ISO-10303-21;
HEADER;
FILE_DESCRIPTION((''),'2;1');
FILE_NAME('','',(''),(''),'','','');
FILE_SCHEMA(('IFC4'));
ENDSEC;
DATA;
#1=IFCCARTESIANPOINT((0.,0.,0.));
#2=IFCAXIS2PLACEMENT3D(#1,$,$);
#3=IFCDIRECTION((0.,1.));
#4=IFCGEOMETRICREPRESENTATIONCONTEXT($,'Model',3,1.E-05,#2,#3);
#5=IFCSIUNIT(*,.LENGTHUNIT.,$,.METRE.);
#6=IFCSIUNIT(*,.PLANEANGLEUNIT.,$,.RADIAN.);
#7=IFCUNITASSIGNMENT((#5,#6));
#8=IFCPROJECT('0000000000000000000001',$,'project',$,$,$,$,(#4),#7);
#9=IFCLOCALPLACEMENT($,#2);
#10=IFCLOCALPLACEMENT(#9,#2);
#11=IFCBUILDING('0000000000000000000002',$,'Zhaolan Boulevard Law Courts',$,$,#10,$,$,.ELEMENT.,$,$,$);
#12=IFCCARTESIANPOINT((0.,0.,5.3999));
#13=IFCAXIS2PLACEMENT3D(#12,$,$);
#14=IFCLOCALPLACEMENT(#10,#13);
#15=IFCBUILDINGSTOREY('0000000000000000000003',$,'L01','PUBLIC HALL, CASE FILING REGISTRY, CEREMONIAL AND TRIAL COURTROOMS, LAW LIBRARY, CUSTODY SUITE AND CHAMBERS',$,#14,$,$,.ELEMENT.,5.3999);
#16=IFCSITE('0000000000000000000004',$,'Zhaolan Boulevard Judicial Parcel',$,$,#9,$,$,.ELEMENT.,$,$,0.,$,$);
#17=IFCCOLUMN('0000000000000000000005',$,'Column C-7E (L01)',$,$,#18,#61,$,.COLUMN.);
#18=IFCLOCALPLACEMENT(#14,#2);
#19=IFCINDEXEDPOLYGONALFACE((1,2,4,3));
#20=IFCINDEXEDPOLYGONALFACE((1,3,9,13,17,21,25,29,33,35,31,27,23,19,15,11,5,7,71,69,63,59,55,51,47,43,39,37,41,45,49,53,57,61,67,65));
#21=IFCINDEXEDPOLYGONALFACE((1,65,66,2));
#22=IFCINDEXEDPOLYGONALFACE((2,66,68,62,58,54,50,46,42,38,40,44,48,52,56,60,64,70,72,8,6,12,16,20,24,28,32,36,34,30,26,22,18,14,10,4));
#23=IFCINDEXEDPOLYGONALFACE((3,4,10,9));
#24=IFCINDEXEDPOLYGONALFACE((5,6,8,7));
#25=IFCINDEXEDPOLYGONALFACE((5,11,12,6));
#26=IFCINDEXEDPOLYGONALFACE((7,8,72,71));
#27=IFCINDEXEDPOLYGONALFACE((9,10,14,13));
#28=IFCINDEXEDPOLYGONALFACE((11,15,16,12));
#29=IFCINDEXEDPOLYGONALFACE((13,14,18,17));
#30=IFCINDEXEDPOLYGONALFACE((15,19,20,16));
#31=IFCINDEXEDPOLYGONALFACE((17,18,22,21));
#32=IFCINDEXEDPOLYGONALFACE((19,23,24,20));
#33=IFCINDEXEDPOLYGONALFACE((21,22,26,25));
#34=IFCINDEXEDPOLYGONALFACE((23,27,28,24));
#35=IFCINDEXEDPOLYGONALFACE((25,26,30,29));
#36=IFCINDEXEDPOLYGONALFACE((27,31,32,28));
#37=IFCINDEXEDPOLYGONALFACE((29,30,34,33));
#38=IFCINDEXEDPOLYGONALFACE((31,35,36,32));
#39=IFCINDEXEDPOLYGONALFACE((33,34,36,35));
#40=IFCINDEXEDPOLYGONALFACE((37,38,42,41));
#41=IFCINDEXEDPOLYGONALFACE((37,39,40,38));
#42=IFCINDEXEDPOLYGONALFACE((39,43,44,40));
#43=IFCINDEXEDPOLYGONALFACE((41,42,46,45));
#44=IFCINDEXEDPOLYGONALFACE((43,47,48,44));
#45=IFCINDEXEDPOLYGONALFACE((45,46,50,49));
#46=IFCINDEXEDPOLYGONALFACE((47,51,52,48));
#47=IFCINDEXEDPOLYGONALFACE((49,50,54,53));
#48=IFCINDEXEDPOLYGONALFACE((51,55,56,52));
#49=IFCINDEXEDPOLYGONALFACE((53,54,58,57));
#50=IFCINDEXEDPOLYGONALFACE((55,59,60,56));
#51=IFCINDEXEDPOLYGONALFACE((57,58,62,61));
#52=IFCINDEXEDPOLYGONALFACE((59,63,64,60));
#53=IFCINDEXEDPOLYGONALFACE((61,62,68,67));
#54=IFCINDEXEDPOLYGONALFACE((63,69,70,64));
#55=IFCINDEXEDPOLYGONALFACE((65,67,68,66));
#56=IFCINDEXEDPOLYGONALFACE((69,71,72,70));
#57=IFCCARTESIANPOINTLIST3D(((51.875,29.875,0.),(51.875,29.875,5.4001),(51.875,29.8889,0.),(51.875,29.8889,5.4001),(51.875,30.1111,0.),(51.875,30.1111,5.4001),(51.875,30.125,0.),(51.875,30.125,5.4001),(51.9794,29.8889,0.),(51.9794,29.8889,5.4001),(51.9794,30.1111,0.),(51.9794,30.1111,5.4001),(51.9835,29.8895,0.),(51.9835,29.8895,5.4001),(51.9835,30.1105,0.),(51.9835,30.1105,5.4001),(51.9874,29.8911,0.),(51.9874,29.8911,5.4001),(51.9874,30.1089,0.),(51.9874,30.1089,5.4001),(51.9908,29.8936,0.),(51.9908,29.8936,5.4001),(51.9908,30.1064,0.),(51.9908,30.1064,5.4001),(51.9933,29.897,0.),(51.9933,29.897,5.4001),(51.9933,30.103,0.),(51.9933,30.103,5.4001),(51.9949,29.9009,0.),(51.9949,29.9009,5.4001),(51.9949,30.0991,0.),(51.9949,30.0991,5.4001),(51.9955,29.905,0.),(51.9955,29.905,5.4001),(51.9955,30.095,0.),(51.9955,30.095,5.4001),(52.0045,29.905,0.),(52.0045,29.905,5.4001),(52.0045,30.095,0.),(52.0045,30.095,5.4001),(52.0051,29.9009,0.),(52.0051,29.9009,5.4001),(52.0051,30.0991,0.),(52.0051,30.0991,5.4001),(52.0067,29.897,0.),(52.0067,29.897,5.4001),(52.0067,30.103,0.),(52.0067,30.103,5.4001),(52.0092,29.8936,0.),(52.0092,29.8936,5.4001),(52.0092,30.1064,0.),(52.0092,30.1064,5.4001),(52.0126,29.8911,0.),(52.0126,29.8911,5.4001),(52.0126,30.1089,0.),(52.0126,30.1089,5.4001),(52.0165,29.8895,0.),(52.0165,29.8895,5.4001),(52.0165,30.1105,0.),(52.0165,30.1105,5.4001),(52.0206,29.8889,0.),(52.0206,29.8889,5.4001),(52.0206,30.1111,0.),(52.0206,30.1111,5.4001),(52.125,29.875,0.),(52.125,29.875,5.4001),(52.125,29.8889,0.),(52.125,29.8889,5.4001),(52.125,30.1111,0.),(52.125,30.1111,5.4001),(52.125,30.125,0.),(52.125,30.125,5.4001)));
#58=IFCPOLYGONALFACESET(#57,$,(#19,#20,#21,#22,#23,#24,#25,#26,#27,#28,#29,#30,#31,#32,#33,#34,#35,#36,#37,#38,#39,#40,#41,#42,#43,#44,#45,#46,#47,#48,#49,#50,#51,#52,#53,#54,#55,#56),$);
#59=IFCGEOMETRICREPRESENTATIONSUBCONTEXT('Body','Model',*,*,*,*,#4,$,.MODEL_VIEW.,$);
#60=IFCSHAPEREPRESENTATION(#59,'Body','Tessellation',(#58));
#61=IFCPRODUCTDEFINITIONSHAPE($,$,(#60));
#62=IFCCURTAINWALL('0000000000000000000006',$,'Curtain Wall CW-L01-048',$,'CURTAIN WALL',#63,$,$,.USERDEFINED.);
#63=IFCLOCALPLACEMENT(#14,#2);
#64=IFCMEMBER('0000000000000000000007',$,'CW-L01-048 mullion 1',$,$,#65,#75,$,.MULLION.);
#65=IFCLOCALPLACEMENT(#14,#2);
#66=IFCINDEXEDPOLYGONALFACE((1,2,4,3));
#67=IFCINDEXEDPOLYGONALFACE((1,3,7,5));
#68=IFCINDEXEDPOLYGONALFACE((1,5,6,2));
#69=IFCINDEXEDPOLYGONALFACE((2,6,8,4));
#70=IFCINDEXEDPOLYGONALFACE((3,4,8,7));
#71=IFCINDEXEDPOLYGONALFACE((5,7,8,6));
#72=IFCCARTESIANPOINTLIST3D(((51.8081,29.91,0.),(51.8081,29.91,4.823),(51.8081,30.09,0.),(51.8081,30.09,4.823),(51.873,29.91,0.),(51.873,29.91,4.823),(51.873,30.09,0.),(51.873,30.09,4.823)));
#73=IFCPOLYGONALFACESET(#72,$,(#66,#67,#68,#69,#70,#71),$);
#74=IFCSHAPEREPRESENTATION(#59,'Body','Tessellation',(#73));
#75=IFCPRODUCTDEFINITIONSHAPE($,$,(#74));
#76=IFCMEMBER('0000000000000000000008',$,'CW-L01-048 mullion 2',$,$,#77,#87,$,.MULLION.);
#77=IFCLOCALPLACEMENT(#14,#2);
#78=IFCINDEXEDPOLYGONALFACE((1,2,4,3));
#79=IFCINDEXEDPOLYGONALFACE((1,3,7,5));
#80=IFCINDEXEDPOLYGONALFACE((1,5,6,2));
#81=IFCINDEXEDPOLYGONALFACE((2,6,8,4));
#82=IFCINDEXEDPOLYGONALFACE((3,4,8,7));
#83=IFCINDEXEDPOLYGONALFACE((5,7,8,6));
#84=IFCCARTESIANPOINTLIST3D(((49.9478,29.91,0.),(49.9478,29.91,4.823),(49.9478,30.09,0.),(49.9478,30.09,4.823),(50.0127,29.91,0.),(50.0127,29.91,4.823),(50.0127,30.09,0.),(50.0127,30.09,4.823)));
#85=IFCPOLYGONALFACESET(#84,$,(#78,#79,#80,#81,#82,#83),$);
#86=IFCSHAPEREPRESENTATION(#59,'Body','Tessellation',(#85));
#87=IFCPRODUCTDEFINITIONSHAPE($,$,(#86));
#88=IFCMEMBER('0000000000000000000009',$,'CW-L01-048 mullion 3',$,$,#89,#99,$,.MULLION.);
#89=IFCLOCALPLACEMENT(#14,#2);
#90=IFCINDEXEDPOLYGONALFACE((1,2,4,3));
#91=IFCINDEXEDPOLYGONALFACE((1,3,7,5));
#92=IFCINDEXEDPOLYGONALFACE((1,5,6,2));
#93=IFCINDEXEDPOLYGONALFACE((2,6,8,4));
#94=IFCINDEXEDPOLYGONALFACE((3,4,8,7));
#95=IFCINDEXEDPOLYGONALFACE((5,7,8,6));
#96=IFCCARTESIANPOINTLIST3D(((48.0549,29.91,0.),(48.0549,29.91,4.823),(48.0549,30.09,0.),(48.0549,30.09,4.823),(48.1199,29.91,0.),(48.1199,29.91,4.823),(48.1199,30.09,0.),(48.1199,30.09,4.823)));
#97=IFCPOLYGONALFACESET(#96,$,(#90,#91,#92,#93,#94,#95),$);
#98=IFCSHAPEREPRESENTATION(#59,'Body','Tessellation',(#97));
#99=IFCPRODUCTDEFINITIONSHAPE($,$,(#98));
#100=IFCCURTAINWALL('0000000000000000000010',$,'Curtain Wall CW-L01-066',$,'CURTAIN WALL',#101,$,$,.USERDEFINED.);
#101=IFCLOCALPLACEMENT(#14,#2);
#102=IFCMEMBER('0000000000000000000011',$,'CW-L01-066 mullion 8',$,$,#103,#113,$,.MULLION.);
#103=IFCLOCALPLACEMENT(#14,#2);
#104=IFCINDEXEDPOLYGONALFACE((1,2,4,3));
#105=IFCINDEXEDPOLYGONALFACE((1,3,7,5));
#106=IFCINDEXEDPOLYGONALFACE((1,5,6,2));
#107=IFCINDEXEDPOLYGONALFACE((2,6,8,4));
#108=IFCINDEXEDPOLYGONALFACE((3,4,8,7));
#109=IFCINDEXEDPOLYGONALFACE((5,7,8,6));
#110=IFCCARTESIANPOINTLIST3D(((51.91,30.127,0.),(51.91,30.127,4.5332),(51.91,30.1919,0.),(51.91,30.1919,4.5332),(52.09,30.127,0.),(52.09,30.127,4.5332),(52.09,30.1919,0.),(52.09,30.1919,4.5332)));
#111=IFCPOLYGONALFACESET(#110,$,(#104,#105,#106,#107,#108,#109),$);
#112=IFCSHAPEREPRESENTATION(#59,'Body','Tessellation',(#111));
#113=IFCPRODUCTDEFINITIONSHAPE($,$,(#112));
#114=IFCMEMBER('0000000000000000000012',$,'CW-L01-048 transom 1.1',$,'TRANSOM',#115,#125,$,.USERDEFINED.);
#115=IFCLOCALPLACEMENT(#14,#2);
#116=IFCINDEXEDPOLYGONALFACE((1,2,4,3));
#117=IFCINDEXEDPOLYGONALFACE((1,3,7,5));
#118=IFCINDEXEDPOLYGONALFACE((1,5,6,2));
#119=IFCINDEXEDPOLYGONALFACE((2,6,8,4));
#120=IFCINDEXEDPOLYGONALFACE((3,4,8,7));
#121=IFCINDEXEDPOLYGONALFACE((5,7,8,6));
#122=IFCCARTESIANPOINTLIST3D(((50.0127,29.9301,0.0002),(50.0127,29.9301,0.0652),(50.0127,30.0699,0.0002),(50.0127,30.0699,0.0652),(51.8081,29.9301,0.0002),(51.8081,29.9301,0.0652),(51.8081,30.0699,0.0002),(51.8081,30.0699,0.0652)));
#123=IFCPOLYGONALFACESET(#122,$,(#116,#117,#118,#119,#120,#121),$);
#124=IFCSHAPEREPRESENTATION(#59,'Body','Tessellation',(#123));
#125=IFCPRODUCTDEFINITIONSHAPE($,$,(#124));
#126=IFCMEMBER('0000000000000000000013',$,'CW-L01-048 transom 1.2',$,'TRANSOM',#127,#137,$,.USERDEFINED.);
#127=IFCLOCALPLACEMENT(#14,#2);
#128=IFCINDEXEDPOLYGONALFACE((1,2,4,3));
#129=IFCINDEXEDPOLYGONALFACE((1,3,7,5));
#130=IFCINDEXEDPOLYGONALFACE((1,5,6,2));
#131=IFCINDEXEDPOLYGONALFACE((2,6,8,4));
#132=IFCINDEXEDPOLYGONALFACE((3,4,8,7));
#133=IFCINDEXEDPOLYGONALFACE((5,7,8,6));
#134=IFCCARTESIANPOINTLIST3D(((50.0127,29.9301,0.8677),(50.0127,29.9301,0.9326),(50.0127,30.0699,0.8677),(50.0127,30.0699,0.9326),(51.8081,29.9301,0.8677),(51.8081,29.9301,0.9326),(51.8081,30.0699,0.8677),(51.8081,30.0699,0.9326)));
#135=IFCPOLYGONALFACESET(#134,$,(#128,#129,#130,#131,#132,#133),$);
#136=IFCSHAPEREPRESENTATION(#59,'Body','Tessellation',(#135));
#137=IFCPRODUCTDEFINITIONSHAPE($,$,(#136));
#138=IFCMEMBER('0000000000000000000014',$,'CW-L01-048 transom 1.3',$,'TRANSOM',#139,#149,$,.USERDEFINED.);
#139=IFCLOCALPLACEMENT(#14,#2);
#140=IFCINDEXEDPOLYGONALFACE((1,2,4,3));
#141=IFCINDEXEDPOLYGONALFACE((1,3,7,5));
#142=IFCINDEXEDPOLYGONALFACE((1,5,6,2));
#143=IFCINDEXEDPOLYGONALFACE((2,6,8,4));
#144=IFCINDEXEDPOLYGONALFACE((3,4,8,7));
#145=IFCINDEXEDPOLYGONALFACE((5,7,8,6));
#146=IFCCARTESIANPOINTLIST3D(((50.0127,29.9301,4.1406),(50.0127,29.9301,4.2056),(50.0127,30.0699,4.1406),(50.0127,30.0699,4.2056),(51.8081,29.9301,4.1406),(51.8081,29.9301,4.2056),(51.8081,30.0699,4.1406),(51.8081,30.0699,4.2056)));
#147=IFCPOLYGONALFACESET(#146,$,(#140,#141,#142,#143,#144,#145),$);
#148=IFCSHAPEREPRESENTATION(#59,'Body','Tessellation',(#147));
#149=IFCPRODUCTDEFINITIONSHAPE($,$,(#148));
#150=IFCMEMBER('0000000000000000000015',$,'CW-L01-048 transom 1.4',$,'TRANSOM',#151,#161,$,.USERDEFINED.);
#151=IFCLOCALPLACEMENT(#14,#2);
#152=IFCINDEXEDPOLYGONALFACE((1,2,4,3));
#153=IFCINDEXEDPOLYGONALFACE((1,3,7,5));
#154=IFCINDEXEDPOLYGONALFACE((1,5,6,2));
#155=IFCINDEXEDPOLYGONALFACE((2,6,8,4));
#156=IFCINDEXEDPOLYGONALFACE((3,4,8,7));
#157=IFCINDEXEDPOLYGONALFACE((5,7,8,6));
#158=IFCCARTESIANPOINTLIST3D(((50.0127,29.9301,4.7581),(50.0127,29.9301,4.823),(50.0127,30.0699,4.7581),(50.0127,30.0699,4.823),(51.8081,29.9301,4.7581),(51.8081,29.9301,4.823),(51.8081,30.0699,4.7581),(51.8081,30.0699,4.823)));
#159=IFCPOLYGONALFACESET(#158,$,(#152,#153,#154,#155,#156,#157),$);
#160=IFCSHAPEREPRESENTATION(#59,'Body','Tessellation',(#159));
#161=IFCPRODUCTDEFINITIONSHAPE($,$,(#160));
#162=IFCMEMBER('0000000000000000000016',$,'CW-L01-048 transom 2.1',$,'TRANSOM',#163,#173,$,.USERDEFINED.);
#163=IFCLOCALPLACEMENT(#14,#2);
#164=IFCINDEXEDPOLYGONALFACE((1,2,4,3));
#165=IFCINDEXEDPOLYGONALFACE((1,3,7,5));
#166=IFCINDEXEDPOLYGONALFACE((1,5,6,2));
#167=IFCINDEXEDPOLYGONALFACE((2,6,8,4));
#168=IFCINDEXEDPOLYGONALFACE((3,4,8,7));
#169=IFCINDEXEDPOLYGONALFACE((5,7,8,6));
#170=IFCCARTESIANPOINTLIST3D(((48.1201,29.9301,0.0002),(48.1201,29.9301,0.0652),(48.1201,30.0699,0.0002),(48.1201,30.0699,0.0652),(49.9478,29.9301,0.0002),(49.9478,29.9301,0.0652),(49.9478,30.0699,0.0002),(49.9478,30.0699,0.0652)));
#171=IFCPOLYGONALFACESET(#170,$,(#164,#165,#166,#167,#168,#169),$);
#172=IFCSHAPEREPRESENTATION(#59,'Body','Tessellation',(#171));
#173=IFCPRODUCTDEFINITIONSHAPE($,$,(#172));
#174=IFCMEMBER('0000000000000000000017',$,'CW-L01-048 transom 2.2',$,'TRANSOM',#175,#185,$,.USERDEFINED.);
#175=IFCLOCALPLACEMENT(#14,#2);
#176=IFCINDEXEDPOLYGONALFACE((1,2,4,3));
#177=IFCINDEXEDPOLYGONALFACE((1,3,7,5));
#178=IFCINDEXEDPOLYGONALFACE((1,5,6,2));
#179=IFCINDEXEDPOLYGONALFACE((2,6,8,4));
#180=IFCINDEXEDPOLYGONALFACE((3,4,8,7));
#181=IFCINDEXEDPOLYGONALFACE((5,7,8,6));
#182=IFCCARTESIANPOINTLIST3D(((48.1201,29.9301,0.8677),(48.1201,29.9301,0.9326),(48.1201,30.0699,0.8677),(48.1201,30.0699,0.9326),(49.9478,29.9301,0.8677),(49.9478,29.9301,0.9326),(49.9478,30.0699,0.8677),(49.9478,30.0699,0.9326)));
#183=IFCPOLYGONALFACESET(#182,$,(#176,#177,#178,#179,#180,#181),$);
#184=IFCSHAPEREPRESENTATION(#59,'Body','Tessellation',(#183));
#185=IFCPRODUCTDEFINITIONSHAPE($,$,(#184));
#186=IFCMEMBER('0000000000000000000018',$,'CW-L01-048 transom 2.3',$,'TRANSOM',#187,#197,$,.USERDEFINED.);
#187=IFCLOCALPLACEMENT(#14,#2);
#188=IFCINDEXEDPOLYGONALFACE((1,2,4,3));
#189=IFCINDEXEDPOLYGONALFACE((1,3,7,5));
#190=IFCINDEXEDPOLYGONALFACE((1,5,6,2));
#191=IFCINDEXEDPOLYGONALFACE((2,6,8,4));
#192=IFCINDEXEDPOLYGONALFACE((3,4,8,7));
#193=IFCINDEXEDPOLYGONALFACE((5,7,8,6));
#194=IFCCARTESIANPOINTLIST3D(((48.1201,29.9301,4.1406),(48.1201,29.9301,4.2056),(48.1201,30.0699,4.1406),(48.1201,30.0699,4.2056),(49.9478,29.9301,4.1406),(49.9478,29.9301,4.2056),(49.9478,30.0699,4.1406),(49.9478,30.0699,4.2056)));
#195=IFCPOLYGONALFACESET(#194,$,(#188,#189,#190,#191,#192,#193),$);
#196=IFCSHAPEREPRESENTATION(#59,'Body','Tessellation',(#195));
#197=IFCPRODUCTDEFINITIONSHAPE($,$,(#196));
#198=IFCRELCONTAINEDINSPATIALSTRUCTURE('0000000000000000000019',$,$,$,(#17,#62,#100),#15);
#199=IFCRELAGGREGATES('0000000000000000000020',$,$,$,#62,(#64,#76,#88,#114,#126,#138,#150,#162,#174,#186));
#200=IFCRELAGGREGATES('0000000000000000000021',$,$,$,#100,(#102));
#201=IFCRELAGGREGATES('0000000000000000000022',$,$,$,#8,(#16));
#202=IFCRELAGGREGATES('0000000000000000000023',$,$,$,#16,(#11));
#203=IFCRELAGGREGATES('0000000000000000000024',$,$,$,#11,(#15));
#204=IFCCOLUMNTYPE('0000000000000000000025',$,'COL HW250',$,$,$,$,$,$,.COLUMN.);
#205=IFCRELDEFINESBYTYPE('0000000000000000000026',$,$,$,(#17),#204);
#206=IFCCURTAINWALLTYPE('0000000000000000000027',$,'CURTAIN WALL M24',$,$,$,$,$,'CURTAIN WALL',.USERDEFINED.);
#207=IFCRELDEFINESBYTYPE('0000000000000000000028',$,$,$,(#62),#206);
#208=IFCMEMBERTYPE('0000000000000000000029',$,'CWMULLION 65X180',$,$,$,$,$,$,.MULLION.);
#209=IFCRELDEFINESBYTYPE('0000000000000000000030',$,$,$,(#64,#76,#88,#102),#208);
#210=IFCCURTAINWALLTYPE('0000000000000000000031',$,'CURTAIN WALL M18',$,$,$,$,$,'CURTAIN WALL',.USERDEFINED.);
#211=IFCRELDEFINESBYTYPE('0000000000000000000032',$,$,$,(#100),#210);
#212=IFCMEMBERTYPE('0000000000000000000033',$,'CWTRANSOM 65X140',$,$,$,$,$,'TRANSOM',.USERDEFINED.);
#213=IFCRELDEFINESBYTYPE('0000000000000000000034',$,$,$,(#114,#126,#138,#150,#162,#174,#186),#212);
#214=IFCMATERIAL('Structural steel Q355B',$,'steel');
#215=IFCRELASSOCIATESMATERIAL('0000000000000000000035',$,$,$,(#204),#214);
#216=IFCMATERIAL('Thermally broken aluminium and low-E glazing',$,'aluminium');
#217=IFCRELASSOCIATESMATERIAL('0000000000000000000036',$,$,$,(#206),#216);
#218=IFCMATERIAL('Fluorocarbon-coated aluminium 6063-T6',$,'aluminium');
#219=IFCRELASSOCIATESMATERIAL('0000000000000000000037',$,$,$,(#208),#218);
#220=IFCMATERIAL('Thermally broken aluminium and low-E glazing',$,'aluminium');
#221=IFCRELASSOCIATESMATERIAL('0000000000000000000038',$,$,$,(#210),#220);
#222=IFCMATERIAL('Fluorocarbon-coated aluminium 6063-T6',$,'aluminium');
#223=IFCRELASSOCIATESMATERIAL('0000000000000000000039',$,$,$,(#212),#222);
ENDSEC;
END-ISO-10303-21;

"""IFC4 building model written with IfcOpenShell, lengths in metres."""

from ifc_helpers import new_model, si_unit, direction, frame, origin, origin_2d, place, context, subcontext, project, spatial, rectangle, i_section, extrude, material, material_profile, profile_set, type_object, element, aggregate, save


model = new_model("IFC4")

# Units and contexts
model_context = context("Model", 3, precision=1e-05, world=origin(), true_north=direction((0.0, 1.0)))
body_context = subcontext(model_context, "Body", "Model", "MODEL_VIEW")
ifc_project = project(units=[si_unit("LENGTHUNIT", "METRE"), si_unit("PLANEANGLEUNIT", "RADIAN")], contexts=[model_context])

# Site, building, storey
site_placement = place(None, origin())
site = spatial("IfcSite", under=ifc_project, at=site_placement, Name="Zhaolan Boulevard Judicial Parcel", CompositionType="ELEMENT", RefElevation=0.0)
building_placement = place(site_placement, origin())
building = spatial("IfcBuilding", under=site, at=building_placement, Name="Zhaolan Boulevard Law Courts", CompositionType="ELEMENT")
storey_placement = place(building_placement, frame((0.0, 0.0, 5.3999)))
storey = spatial("IfcBuildingStorey", under=building, at=storey_placement, Name="L01", Description="PUBLIC HALL, CASE FILING REGISTRY, CEREMONIAL AND TRIAL COURTROOMS, LAW LIBRARY, CUSTODY SUITE AND CHAMBERS", CompositionType="ELEMENT", Elevation=5.3999)

# Column
ifc_material_1 = material(Name="Structural steel Q355B", Category="steel")
ifc_material_profile_1 = material_profile(ifc_material_1, i_section(OverallWidth=0.25, OverallDepth=0.25, WebThickness=0.009, FlangeThickness=0.0139, FilletRadius=0.0161, at=origin_2d()), Name="HW250x250")
ifc_profile_set_1 = profile_set([ifc_material_profile_1], Name="Structural steel Q355B")
column_type = type_object("IfcColumnType", Name="COL HW250", PredefinedType="COLUMN", material=ifc_profile_set_1)
column_placement = place(storey_placement, frame((52.0, 30.0, 0.0), z_axis=(0.0, 0.0, 1.0), x_axis=(1.0, 0.0, 0.0)))
element("IfcColumn", 1, at=column_placement, inside=storey, type_object=column_type, Name="Column C-7E (L01)", PredefinedType="COLUMN", context=body_context, shape_type="SweptSolid", body=[
    extrude(i_section(OverallWidth=0.25, OverallDepth=0.25, WebThickness=0.009, FlangeThickness=0.0139, FilletRadius=0.0161, at=origin_2d()), origin(), (0.0, 0.0, 1.0), 5.4001),
])

# Curtain wall, members
ifc_material_2 = material(Name="Thermally broken aluminium and low-E glazing", Category="aluminium")
curtain_wall_type_1 = type_object("IfcCurtainWallType", Name="CURTAIN WALL M24", ElementType="CURTAIN WALL", PredefinedType="USERDEFINED", material=ifc_material_2)
curtain_wall_1_placement = place(storey_placement, origin())
curtain_wall_1 = element("IfcCurtainWall", 2, at=curtain_wall_1_placement, inside=storey, type_object=curtain_wall_type_1, Name="Curtain Wall CW-L01-048", ObjectType="CURTAIN WALL", PredefinedType="USERDEFINED")
ifc_material_3 = material(Name="Fluorocarbon-coated aluminium 6063-T6", Category="aluminium")
ifc_material_profile_2 = material_profile(ifc_material_3, rectangle(XDim=0.1799, YDim=0.0649, at=origin_2d()), Name="AL65x180")
ifc_profile_set_2 = profile_set([ifc_material_profile_2], Name="Fluorocarbon-coated aluminium 6063-T6")
member_type_1 = type_object("IfcMemberType", Name="CWMULLION 65X180", PredefinedType="MULLION", material=ifc_profile_set_2)
member_1_placement = place(storey_placement, frame((51.8406, 30.0, 0.0), z_axis=(0.0, 0.0, 1.0), x_axis=(0.0, -1.0, 0.0)))
member_1 = element("IfcMember", 3, at=member_1_placement, type_object=member_type_1, Name="CW-L01-048 mullion 1", PredefinedType="MULLION", context=body_context, shape_type="SweptSolid", body=[
    extrude(rectangle(XDim=0.1799, YDim=0.0649, at=origin_2d()), origin(), (0.0, 0.0, 1.0), 4.823),
])
member_2_placement = place(storey_placement, frame((49.9802, 30.0, 0.0), z_axis=(0.0, 0.0, 1.0), x_axis=(0.0, -1.0, 0.0)))
member_2 = element("IfcMember", 4, at=member_2_placement, type_object=member_type_1, Name="CW-L01-048 mullion 2", PredefinedType="MULLION", context=body_context, shape_type="SweptSolid", body=[
    extrude(rectangle(XDim=0.1799, YDim=0.0649, at=origin_2d()), origin(), (0.0, 0.0, 1.0), 4.823),
])
member_3_placement = place(storey_placement, frame((48.0874, 30.0, 0.0), z_axis=(0.0, 0.0, 1.0), x_axis=(0.0, -1.0, 0.0)))
member_3 = element("IfcMember", 5, at=member_3_placement, type_object=member_type_1, Name="CW-L01-048 mullion 3", PredefinedType="MULLION", context=body_context, shape_type="SweptSolid", body=[
    extrude(rectangle(XDim=0.1799, YDim=0.0649, at=origin_2d()), origin(), (0.0, 0.0, 1.0), 4.823),
])

# Curtain wall, member
ifc_material_4 = material(Name="Thermally broken aluminium and low-E glazing", Category="aluminium")
curtain_wall_type_2 = type_object("IfcCurtainWallType", Name="CURTAIN WALL M18", ElementType="CURTAIN WALL", PredefinedType="USERDEFINED", material=ifc_material_4)
curtain_wall_2_placement = place(storey_placement, origin())
curtain_wall_2 = element("IfcCurtainWall", 6, at=curtain_wall_2_placement, inside=storey, type_object=curtain_wall_type_2, Name="Curtain Wall CW-L01-066", ObjectType="CURTAIN WALL", PredefinedType="USERDEFINED")
member_4_placement = place(storey_placement, frame((52.0, 30.1594, 0.0), z_axis=(0.0, 0.0, 1.0), x_axis=(1.0, 0.0, 0.0)))
member_4 = element("IfcMember", 7, at=member_4_placement, type_object=member_type_1, Name="CW-L01-066 mullion 8", PredefinedType="MULLION", context=body_context, shape_type="SweptSolid", body=[
    extrude(rectangle(XDim=0.1799, YDim=0.0649, at=origin_2d()), origin(), (0.0, 0.0, 1.0), 4.5332),
])

# Members
ifc_material_5 = material(Name="Fluorocarbon-coated aluminium 6063-T6", Category="aluminium")
ifc_material_profile_3 = material_profile(ifc_material_5, rectangle(XDim=0.1399, YDim=0.0649, at=origin_2d()), Name="AL65x140")
ifc_profile_set_3 = profile_set([ifc_material_profile_3], Name="Fluorocarbon-coated aluminium 6063-T6")
member_type_2 = type_object("IfcMemberType", Name="CWTRANSOM 65X140", ElementType="TRANSOM", PredefinedType="USERDEFINED", material=ifc_profile_set_3)
member_5_placement = place(storey_placement, frame((51.8081, 30.0, 0.0327), z_axis=(-1.0, 0.0, 0.0), x_axis=(0.0, -1.0, 0.0)))
member_5 = element("IfcMember", 8, at=member_5_placement, type_object=member_type_2, Name="CW-L01-048 transom 1.1", ObjectType="TRANSOM", PredefinedType="USERDEFINED", context=body_context, shape_type="SweptSolid", body=[
    extrude(rectangle(XDim=0.1399, YDim=0.0649, at=origin_2d()), origin(), (0.0, 0.0, 1.0), 1.7954),
])
member_6_placement = place(storey_placement, frame((51.8081, 30.0, 0.9001), z_axis=(-1.0, 0.0, 0.0), x_axis=(0.0, -1.0, 0.0)))
member_6 = element("IfcMember", 9, at=member_6_placement, type_object=member_type_2, Name="CW-L01-048 transom 1.2", ObjectType="TRANSOM", PredefinedType="USERDEFINED", context=body_context, shape_type="SweptSolid", body=[
    extrude(rectangle(XDim=0.1399, YDim=0.0649, at=origin_2d()), origin(), (0.0, 0.0, 1.0), 1.7954),
])
member_7_placement = place(storey_placement, frame((51.8081, 30.0, 4.1731), z_axis=(-1.0, 0.0, 0.0), x_axis=(0.0, -1.0, 0.0)))
member_7 = element("IfcMember", 10, at=member_7_placement, type_object=member_type_2, Name="CW-L01-048 transom 1.3", ObjectType="TRANSOM", PredefinedType="USERDEFINED", context=body_context, shape_type="SweptSolid", body=[
    extrude(rectangle(XDim=0.1399, YDim=0.0649, at=origin_2d()), origin(), (0.0, 0.0, 1.0), 1.7954),
])
member_8_placement = place(storey_placement, frame((51.8081, 30.0, 4.7905), z_axis=(-1.0, 0.0, 0.0), x_axis=(0.0, -1.0, 0.0)))
member_8 = element("IfcMember", 11, at=member_8_placement, type_object=member_type_2, Name="CW-L01-048 transom 1.4", ObjectType="TRANSOM", PredefinedType="USERDEFINED", context=body_context, shape_type="SweptSolid", body=[
    extrude(rectangle(XDim=0.1399, YDim=0.0649, at=origin_2d()), origin(), (0.0, 0.0, 1.0), 1.7954),
])
member_9_placement = place(storey_placement, frame((49.9478, 30.0, 0.0327), z_axis=(-1.0, 0.0, 0.0), x_axis=(0.0, -1.0, 0.0)))
member_9 = element("IfcMember", 12, at=member_9_placement, type_object=member_type_2, Name="CW-L01-048 transom 2.1", ObjectType="TRANSOM", PredefinedType="USERDEFINED", context=body_context, shape_type="SweptSolid", body=[
    extrude(rectangle(XDim=0.1399, YDim=0.0649, at=origin_2d()), origin(), (0.0, 0.0, 1.0), 1.8276),
])
member_10_placement = place(storey_placement, frame((49.9478, 30.0, 0.9001), z_axis=(-1.0, 0.0, 0.0), x_axis=(0.0, -1.0, 0.0)))
member_10 = element("IfcMember", 13, at=member_10_placement, type_object=member_type_2, Name="CW-L01-048 transom 2.2", ObjectType="TRANSOM", PredefinedType="USERDEFINED", context=body_context, shape_type="SweptSolid", body=[
    extrude(rectangle(XDim=0.1399, YDim=0.0649, at=origin_2d()), origin(), (0.0, 0.0, 1.0), 1.8276),
])
member_11_placement = place(storey_placement, frame((49.9478, 30.0, 4.1731), z_axis=(-1.0, 0.0, 0.0), x_axis=(0.0, -1.0, 0.0)))
member_11 = element("IfcMember", 14, at=member_11_placement, type_object=member_type_2, Name="CW-L01-048 transom 2.3", ObjectType="TRANSOM", PredefinedType="USERDEFINED", context=body_context, shape_type="SweptSolid", body=[
    extrude(rectangle(XDim=0.1399, YDim=0.0649, at=origin_2d()), origin(), (0.0, 0.0, 1.0), 1.8276),
])

aggregate(curtain_wall_1, [member_1, member_2, member_3, member_5, member_6, member_7, member_8, member_9, member_10, member_11])
aggregate(curtain_wall_2, [member_4])

save(model, "model.ifc")
